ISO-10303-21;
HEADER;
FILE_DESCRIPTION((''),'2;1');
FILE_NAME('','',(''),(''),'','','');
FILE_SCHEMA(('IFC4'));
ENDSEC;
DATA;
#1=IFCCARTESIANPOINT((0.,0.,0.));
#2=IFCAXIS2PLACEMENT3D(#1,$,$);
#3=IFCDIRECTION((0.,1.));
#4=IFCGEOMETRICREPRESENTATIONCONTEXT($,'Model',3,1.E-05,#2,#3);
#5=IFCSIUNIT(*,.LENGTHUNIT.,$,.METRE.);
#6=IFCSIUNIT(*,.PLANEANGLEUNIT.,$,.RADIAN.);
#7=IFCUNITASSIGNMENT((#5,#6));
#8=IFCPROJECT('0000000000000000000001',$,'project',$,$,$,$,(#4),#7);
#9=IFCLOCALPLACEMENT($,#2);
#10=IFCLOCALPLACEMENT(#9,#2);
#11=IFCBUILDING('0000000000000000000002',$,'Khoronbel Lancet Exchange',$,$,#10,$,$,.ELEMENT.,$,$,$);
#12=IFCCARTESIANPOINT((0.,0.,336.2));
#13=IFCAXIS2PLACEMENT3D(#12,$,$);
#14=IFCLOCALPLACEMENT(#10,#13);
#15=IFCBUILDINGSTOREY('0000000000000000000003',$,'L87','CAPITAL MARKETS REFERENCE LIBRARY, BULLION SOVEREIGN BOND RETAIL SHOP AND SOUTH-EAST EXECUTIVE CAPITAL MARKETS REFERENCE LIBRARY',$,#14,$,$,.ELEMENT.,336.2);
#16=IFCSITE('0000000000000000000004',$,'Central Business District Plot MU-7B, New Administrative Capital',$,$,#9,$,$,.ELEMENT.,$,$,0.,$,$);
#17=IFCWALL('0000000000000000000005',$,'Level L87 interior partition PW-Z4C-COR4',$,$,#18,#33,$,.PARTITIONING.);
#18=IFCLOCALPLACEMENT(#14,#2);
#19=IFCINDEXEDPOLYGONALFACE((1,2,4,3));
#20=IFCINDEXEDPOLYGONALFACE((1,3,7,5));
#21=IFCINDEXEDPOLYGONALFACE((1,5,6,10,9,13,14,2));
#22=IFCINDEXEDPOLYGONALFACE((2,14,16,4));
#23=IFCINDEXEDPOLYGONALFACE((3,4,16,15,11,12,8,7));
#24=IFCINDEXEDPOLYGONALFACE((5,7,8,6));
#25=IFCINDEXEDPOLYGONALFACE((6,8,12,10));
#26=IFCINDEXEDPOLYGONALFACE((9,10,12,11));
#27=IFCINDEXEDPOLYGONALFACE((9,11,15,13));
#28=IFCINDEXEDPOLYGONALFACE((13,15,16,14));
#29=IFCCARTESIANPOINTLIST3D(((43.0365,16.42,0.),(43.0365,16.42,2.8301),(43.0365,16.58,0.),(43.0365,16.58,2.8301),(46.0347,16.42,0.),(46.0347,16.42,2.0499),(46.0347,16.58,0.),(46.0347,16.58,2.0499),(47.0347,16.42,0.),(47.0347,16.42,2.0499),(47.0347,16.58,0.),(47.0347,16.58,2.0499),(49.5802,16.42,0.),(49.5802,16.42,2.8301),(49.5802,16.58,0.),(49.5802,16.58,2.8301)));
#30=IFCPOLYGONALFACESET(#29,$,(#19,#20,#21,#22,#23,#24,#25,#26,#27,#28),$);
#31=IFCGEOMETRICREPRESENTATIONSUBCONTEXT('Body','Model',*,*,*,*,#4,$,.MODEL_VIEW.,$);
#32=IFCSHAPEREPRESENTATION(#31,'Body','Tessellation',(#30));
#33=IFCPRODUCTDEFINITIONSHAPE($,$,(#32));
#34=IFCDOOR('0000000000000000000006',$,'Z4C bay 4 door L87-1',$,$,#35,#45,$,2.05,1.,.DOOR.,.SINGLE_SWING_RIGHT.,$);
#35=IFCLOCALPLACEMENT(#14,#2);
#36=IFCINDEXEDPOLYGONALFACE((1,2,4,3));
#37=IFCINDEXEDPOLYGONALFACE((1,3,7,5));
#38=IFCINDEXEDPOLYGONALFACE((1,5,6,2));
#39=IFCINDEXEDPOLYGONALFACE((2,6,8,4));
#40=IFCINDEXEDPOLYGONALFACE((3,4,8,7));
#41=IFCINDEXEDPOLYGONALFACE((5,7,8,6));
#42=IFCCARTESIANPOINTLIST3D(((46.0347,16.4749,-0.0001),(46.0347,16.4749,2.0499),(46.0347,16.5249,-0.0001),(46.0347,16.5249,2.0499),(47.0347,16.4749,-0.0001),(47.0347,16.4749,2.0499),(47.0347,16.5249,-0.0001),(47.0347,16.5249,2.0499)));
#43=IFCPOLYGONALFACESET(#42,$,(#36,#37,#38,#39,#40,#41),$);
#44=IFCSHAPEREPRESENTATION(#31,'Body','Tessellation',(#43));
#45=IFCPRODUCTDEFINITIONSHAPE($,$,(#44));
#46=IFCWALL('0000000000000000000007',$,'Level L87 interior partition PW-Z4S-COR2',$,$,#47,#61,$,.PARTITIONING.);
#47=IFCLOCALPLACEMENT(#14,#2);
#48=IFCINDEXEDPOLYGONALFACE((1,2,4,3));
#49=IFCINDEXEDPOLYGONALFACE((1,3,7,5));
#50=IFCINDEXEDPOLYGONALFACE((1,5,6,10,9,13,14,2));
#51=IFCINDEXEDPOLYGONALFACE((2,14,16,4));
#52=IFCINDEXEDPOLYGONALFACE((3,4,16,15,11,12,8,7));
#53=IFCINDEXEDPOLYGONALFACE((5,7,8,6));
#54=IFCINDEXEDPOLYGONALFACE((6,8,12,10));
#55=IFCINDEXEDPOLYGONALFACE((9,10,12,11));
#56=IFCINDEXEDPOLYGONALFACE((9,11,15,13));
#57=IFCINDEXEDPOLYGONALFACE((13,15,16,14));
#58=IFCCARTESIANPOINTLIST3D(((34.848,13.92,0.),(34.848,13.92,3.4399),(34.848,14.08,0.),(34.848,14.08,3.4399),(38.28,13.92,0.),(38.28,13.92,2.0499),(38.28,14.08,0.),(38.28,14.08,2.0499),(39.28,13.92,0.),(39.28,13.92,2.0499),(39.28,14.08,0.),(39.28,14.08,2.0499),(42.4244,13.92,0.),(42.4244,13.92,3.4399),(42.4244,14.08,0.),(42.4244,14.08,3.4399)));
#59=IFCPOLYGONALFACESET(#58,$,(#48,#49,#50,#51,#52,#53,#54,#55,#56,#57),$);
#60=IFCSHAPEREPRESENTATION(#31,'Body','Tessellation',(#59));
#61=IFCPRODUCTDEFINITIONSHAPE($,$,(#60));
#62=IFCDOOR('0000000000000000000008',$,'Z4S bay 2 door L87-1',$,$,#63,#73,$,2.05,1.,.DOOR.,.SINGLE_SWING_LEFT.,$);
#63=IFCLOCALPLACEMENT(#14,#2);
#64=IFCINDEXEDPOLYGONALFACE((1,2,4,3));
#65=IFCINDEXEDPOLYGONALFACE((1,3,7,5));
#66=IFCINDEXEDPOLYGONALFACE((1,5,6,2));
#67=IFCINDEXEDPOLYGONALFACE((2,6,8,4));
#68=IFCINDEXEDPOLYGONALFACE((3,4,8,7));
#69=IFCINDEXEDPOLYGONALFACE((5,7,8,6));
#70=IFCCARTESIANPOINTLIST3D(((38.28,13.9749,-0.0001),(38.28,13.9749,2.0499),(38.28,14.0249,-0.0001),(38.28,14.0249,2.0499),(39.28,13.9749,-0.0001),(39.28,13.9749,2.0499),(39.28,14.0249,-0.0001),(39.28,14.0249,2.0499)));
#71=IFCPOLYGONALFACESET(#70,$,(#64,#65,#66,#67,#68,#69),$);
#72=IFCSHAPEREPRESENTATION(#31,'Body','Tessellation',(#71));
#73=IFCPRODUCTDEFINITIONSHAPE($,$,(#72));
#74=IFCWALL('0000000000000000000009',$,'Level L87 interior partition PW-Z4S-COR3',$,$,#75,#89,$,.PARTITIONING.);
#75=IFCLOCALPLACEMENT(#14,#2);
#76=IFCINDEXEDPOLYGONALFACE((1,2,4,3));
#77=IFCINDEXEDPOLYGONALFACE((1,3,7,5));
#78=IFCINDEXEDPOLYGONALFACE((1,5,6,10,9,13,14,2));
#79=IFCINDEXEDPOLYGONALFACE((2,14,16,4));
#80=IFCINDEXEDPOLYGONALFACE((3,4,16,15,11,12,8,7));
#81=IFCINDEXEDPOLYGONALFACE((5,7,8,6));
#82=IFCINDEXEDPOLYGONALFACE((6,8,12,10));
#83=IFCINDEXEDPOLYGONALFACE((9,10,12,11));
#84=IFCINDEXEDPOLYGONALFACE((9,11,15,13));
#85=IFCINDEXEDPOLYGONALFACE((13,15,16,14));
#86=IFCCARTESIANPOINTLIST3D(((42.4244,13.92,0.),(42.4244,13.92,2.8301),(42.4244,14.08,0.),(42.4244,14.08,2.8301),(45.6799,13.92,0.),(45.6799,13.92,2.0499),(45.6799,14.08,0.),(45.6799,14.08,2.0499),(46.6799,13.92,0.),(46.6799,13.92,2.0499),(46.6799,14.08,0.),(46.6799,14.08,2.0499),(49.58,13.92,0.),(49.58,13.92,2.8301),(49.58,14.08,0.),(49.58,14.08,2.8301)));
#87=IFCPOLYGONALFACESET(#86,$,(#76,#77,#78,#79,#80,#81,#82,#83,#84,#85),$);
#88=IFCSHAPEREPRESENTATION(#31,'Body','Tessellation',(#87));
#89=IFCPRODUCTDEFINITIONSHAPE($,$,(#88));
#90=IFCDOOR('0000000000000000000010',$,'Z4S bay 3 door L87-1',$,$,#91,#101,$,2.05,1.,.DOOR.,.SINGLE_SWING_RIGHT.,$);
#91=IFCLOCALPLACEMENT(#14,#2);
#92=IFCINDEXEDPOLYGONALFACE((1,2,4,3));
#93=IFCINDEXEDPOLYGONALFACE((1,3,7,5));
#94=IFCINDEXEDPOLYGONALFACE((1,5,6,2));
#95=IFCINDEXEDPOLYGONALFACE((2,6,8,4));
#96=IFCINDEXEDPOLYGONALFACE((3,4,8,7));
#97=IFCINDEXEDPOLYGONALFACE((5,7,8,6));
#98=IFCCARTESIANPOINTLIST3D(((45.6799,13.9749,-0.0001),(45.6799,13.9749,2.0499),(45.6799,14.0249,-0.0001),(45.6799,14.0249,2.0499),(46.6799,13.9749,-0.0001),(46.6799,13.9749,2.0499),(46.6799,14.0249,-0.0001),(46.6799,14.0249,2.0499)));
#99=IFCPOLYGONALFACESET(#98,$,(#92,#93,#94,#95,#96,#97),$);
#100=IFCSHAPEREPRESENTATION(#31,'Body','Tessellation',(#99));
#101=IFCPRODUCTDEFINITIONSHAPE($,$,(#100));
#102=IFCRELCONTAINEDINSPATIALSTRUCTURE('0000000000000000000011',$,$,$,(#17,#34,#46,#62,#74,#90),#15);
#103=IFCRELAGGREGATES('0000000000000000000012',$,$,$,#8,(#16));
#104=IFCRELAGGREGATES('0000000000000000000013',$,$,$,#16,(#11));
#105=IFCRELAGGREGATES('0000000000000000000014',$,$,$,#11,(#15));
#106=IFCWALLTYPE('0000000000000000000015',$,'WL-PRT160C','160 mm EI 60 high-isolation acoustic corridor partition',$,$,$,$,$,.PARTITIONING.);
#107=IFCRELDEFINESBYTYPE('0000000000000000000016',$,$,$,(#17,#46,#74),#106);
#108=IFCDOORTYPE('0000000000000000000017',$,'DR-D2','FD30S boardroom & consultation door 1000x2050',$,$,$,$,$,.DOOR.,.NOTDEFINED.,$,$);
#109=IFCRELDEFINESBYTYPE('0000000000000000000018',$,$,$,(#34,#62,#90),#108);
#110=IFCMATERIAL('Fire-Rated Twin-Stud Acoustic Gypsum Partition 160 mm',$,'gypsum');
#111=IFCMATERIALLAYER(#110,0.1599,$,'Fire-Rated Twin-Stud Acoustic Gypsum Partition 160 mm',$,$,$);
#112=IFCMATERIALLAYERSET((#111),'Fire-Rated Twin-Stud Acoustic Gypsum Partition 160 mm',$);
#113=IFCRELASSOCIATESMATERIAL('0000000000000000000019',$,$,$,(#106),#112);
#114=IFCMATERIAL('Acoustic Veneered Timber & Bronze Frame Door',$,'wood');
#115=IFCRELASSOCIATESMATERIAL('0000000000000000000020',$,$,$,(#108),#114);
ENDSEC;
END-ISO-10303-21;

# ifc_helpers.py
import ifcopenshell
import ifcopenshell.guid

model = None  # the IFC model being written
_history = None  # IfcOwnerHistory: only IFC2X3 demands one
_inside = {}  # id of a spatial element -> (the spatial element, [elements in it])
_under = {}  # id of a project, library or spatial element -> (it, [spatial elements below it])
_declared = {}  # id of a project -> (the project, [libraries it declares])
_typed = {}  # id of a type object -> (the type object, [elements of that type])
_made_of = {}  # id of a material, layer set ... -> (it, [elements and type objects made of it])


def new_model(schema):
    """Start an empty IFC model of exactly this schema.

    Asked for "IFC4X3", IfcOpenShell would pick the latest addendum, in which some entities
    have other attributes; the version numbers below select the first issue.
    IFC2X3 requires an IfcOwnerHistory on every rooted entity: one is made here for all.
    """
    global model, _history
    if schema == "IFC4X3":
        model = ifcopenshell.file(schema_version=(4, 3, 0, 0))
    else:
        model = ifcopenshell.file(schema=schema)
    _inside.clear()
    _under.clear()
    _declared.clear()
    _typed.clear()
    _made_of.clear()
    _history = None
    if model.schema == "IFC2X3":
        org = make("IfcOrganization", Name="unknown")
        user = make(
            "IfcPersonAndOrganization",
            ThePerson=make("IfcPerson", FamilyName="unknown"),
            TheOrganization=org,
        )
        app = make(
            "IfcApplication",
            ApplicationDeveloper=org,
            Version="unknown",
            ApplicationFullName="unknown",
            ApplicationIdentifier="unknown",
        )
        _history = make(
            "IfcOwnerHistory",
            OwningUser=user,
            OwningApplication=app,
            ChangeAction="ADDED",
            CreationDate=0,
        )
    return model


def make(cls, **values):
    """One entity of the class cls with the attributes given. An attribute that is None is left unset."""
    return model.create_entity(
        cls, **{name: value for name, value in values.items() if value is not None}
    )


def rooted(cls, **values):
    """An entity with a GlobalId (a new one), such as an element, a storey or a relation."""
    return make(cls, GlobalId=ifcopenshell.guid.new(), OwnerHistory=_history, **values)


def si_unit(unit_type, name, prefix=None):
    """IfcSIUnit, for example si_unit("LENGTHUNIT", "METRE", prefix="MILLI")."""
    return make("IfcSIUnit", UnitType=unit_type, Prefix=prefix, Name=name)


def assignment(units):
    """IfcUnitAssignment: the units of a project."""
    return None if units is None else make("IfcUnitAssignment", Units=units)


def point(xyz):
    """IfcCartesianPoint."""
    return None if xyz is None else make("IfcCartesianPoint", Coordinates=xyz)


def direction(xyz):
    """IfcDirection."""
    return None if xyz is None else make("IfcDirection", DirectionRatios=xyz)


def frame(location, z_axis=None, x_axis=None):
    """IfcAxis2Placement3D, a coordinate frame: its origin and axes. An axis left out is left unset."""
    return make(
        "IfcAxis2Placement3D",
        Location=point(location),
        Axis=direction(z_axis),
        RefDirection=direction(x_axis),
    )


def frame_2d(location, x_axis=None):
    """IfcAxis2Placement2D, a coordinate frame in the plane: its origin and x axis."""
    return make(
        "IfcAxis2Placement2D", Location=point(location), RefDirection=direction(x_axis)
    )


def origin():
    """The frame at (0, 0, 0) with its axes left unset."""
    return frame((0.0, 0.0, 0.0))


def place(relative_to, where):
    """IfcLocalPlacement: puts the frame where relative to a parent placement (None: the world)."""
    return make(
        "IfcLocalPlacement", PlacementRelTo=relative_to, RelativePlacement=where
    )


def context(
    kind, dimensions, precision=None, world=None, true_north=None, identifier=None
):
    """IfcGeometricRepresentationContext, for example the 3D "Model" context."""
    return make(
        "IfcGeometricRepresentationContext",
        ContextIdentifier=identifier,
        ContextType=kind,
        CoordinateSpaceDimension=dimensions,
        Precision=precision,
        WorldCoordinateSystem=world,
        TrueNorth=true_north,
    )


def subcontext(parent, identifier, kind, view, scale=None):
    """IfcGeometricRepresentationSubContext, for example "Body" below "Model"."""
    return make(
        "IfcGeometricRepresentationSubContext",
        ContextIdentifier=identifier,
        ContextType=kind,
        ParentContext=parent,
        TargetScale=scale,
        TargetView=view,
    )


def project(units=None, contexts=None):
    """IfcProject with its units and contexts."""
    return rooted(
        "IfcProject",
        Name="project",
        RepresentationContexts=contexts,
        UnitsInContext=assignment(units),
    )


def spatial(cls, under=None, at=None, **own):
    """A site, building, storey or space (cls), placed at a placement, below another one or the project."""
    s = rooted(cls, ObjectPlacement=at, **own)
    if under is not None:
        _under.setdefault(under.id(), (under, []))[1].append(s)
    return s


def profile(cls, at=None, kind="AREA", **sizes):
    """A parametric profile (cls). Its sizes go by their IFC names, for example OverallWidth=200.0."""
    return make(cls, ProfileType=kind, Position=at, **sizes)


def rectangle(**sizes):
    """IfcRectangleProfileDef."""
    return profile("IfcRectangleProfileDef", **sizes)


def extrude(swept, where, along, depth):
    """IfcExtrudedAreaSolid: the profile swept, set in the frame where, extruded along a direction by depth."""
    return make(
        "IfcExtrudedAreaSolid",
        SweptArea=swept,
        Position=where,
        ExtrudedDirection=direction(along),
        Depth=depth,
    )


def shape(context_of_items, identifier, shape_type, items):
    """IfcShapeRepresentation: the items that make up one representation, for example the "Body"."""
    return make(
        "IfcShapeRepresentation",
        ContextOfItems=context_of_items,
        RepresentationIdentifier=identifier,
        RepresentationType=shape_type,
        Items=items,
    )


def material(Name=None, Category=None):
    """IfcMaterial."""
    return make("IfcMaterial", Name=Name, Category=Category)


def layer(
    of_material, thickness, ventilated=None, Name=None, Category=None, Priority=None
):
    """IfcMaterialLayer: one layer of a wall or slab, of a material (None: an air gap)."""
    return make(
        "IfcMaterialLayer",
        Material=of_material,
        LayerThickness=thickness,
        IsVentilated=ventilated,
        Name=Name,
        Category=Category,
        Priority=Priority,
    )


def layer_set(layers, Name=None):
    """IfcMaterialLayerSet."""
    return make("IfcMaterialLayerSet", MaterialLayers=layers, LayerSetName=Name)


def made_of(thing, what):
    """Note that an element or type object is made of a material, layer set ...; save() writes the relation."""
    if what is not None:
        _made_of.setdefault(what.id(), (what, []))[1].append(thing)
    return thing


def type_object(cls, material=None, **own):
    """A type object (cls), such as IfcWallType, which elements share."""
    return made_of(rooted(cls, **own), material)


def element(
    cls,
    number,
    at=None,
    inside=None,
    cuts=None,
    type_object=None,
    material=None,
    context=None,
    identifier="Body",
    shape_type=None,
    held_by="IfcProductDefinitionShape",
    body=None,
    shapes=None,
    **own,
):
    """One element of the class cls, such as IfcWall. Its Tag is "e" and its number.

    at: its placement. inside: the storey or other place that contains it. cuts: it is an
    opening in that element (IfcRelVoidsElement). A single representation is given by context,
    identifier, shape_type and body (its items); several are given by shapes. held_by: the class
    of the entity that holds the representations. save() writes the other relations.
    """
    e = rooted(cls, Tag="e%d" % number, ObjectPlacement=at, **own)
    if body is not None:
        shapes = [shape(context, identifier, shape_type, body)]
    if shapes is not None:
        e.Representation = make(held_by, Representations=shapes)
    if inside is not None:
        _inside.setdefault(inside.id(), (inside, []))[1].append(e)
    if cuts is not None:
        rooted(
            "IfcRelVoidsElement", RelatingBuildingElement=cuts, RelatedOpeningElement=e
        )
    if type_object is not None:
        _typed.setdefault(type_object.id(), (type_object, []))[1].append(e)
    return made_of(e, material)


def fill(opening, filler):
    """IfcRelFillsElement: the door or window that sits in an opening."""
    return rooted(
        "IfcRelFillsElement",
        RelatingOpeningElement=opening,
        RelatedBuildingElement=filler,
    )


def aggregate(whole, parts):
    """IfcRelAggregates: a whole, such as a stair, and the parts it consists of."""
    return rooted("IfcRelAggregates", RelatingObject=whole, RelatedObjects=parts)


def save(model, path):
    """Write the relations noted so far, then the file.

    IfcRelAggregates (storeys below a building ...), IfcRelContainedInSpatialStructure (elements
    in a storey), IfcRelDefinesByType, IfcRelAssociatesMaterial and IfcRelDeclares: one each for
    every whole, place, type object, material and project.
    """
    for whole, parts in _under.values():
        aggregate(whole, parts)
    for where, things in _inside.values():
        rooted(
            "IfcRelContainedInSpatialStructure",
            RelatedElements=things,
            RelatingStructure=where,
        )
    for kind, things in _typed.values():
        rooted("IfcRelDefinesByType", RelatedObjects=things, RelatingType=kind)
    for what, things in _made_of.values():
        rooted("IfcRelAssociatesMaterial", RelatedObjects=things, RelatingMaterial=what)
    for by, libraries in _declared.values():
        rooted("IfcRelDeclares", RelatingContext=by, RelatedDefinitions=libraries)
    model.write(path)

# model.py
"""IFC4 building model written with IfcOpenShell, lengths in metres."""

from ifc_helpers import new_model, si_unit, direction, frame, frame_2d, origin, place, context, subcontext, project, spatial, rectangle, extrude, material, layer, layer_set, type_object, element, fill, save


model = new_model("IFC4")

# Units and contexts
model_context = context("Model", 3, precision=1e-05, world=origin(), true_north=direction((0.0, 1.0)))
body_context = subcontext(model_context, "Body", "Model", "MODEL_VIEW")
ifc_project = project(units=[si_unit("LENGTHUNIT", "METRE"), si_unit("PLANEANGLEUNIT", "RADIAN")], contexts=[model_context])

# Site, building, storey
site_placement = place(None, origin())
site = spatial("IfcSite", under=ifc_project, at=site_placement, Name="Central Business District Plot MU-7B, New Administrative Capital", CompositionType="ELEMENT", RefElevation=0.0)
building_placement = place(site_placement, origin())
building = spatial("IfcBuilding", under=site, at=building_placement, Name="Khoronbel Lancet Exchange", CompositionType="ELEMENT")
storey_placement = place(building_placement, frame((0.0, 0.0, 336.2)))
storey = spatial("IfcBuildingStorey", under=building, at=storey_placement, Name="L87", Description="CAPITAL MARKETS REFERENCE LIBRARY, BULLION SOVEREIGN BOND RETAIL SHOP AND SOUTH-EAST EXECUTIVE CAPITAL MARKETS REFERENCE LIBRARY", CompositionType="ELEMENT", Elevation=336.2)

# Walls, openings, doors
ifc_material_1 = material(Name="Fire-Rated Twin-Stud Acoustic Gypsum Partition 160 mm", Category="gypsum")
ifc_layer_1 = layer(ifc_material_1, 0.1599, Name="Fire-Rated Twin-Stud Acoustic Gypsum Partition 160 mm")
ifc_layer_set_1 = layer_set([ifc_layer_1], Name="Fire-Rated Twin-Stud Acoustic Gypsum Partition 160 mm")
wall_type_1 = type_object("IfcWallType", Name="WL-PRT160C", Description="160 mm EI 60 high-isolation acoustic corridor partition", PredefinedType="PARTITIONING", material=ifc_layer_set_1)
wall_1_placement = place(storey_placement, frame((43.0364, 16.5, 0.0), z_axis=(0.0, 0.0, 1.0), x_axis=(1.0, 0.0, 0.0)))
wall_1 = element("IfcWall", 1, at=wall_1_placement, inside=storey, type_object=wall_type_1, Name="Level L87 interior partition PW-Z4C-COR4", PredefinedType="PARTITIONING", context=body_context, shape_type="SweptSolid", body=[
    extrude(rectangle(XDim=6.5437, YDim=0.1599, at=frame_2d((3.272, 0.0))), origin(), (0.0, 0.0, 1.0), 2.8301),
])
opening_1_placement = place(wall_1_placement, frame((2.9983, 0.0, 0.0)))
opening_1 = element("IfcOpeningElement", 2, at=opening_1_placement, cuts=wall_1, PredefinedType="OPENING", context=body_context, shape_type="SweptSolid", body=[
    extrude(rectangle(XDim=1.0, YDim=2.05, at=frame_2d((0.5, 1.0249))), frame((0.0, 0.0898, 0.0), z_axis=(0.0, -1.0, 0.0), x_axis=(1.0, 0.0, 0.0)), (0.0, 0.0, 1.0), 0.1799),
])
ifc_material_2 = material(Name="Acoustic Veneered Timber & Bronze Frame Door", Category="wood")
door_type_1 = type_object("IfcDoorType", Name="DR-D2", Description="FD30S boardroom & consultation door 1000x2050", OperationType="NOTDEFINED", PredefinedType="DOOR", material=ifc_material_2)
door_1_placement = place(opening_1_placement, origin())
door_1 = element("IfcDoor", 3, at=door_1_placement, inside=storey, type_object=door_type_1, Name="Z4C bay 4 door L87-1", OperationType="SINGLE_SWING_RIGHT", OverallHeight=2.05, OverallWidth=1.0, PredefinedType="DOOR", context=body_context, shape_type="SweptSolid", body=[
    extrude(rectangle(XDim=1.0, YDim=2.05, at=frame_2d((0.5, 1.0249))), frame((0.0, 0.0249, 0.0), z_axis=(0.0, -1.0, 0.0), x_axis=(1.0, 0.0, 0.0)), (0.0, 0.0, 1.0), 0.05),
])
fill(opening_1, door_1)
wall_2_placement = place(storey_placement, frame((34.8481, 14.0, 0.0), z_axis=(0.0, 0.0, 1.0), x_axis=(1.0, 0.0, 0.0)))
wall_2 = element("IfcWall", 4, at=wall_2_placement, inside=storey, type_object=wall_type_1, Name="Level L87 interior partition PW-Z4S-COR2", PredefinedType="PARTITIONING", context=body_context, shape_type="SweptSolid", body=[
    extrude(rectangle(XDim=7.5764, YDim=0.1599, at=frame_2d((3.7881, 0.0))), origin(), (0.0, 0.0, 1.0), 3.4399),
])
opening_2_placement = place(wall_2_placement, frame((3.4319, 0.0, 0.0)))
opening_2 = element("IfcOpeningElement", 5, at=opening_2_placement, cuts=wall_2, PredefinedType="OPENING", context=body_context, shape_type="SweptSolid", body=[
    extrude(rectangle(XDim=1.0, YDim=2.05, at=frame_2d((0.5, 1.0249))), frame((0.0, 0.0898, 0.0), z_axis=(0.0, -1.0, 0.0), x_axis=(1.0, 0.0, 0.0)), (0.0, 0.0, 1.0), 0.1799),
])
door_2_placement = place(opening_2_placement, origin())
door_2 = element("IfcDoor", 6, at=door_2_placement, inside=storey, type_object=door_type_1, Name="Z4S bay 2 door L87-1", OperationType="SINGLE_SWING_LEFT", OverallHeight=2.05, OverallWidth=1.0, PredefinedType="DOOR", context=body_context, shape_type="SweptSolid", body=[
    extrude(rectangle(XDim=1.0, YDim=2.05, at=frame_2d((0.5, 1.0249))), frame((0.0, 0.0249, 0.0), z_axis=(0.0, -1.0, 0.0), x_axis=(1.0, 0.0, 0.0)), (0.0, 0.0, 1.0), 0.05),
])
fill(opening_2, door_2)
wall_3_placement = place(storey_placement, frame((42.4246, 14.0, 0.0), z_axis=(0.0, 0.0, 1.0), x_axis=(1.0, 0.0, 0.0)))
wall_3 = element("IfcWall", 7, at=wall_3_placement, inside=storey, type_object=wall_type_1, Name="Level L87 interior partition PW-Z4S-COR3", PredefinedType="PARTITIONING", context=body_context, shape_type="SweptSolid", body=[
    extrude(rectangle(XDim=7.1555, YDim=0.1599, at=frame_2d((3.5776, 0.0))), origin(), (0.0, 0.0, 1.0), 2.8301),
])
opening_3_placement = place(wall_3_placement, frame((3.2554, 0.0, 0.0)))
opening_3 = element("IfcOpeningElement", 8, at=opening_3_placement, cuts=wall_3, PredefinedType="OPENING", context=body_context, shape_type="SweptSolid", body=[
    extrude(rectangle(XDim=1.0, YDim=2.05, at=frame_2d((0.5, 1.0249))), frame((0.0, 0.0898, 0.0), z_axis=(0.0, -1.0, 0.0), x_axis=(1.0, 0.0, 0.0)), (0.0, 0.0, 1.0), 0.1799),
])
door_3_placement = place(opening_3_placement, origin())
door_3 = element("IfcDoor", 9, at=door_3_placement, inside=storey, type_object=door_type_1, Name="Z4S bay 3 door L87-1", OperationType="SINGLE_SWING_RIGHT", OverallHeight=2.05, OverallWidth=1.0, PredefinedType="DOOR", context=body_context, shape_type="SweptSolid", body=[
    extrude(rectangle(XDim=1.0, YDim=2.05, at=frame_2d((0.5, 1.0249))), frame((0.0, 0.0249, 0.0), z_axis=(0.0, -1.0, 0.0), x_axis=(1.0, 0.0, 0.0)), (0.0, 0.0, 1.0), 0.05),
])
fill(opening_3, door_3)

save(model, "model.ifc")
